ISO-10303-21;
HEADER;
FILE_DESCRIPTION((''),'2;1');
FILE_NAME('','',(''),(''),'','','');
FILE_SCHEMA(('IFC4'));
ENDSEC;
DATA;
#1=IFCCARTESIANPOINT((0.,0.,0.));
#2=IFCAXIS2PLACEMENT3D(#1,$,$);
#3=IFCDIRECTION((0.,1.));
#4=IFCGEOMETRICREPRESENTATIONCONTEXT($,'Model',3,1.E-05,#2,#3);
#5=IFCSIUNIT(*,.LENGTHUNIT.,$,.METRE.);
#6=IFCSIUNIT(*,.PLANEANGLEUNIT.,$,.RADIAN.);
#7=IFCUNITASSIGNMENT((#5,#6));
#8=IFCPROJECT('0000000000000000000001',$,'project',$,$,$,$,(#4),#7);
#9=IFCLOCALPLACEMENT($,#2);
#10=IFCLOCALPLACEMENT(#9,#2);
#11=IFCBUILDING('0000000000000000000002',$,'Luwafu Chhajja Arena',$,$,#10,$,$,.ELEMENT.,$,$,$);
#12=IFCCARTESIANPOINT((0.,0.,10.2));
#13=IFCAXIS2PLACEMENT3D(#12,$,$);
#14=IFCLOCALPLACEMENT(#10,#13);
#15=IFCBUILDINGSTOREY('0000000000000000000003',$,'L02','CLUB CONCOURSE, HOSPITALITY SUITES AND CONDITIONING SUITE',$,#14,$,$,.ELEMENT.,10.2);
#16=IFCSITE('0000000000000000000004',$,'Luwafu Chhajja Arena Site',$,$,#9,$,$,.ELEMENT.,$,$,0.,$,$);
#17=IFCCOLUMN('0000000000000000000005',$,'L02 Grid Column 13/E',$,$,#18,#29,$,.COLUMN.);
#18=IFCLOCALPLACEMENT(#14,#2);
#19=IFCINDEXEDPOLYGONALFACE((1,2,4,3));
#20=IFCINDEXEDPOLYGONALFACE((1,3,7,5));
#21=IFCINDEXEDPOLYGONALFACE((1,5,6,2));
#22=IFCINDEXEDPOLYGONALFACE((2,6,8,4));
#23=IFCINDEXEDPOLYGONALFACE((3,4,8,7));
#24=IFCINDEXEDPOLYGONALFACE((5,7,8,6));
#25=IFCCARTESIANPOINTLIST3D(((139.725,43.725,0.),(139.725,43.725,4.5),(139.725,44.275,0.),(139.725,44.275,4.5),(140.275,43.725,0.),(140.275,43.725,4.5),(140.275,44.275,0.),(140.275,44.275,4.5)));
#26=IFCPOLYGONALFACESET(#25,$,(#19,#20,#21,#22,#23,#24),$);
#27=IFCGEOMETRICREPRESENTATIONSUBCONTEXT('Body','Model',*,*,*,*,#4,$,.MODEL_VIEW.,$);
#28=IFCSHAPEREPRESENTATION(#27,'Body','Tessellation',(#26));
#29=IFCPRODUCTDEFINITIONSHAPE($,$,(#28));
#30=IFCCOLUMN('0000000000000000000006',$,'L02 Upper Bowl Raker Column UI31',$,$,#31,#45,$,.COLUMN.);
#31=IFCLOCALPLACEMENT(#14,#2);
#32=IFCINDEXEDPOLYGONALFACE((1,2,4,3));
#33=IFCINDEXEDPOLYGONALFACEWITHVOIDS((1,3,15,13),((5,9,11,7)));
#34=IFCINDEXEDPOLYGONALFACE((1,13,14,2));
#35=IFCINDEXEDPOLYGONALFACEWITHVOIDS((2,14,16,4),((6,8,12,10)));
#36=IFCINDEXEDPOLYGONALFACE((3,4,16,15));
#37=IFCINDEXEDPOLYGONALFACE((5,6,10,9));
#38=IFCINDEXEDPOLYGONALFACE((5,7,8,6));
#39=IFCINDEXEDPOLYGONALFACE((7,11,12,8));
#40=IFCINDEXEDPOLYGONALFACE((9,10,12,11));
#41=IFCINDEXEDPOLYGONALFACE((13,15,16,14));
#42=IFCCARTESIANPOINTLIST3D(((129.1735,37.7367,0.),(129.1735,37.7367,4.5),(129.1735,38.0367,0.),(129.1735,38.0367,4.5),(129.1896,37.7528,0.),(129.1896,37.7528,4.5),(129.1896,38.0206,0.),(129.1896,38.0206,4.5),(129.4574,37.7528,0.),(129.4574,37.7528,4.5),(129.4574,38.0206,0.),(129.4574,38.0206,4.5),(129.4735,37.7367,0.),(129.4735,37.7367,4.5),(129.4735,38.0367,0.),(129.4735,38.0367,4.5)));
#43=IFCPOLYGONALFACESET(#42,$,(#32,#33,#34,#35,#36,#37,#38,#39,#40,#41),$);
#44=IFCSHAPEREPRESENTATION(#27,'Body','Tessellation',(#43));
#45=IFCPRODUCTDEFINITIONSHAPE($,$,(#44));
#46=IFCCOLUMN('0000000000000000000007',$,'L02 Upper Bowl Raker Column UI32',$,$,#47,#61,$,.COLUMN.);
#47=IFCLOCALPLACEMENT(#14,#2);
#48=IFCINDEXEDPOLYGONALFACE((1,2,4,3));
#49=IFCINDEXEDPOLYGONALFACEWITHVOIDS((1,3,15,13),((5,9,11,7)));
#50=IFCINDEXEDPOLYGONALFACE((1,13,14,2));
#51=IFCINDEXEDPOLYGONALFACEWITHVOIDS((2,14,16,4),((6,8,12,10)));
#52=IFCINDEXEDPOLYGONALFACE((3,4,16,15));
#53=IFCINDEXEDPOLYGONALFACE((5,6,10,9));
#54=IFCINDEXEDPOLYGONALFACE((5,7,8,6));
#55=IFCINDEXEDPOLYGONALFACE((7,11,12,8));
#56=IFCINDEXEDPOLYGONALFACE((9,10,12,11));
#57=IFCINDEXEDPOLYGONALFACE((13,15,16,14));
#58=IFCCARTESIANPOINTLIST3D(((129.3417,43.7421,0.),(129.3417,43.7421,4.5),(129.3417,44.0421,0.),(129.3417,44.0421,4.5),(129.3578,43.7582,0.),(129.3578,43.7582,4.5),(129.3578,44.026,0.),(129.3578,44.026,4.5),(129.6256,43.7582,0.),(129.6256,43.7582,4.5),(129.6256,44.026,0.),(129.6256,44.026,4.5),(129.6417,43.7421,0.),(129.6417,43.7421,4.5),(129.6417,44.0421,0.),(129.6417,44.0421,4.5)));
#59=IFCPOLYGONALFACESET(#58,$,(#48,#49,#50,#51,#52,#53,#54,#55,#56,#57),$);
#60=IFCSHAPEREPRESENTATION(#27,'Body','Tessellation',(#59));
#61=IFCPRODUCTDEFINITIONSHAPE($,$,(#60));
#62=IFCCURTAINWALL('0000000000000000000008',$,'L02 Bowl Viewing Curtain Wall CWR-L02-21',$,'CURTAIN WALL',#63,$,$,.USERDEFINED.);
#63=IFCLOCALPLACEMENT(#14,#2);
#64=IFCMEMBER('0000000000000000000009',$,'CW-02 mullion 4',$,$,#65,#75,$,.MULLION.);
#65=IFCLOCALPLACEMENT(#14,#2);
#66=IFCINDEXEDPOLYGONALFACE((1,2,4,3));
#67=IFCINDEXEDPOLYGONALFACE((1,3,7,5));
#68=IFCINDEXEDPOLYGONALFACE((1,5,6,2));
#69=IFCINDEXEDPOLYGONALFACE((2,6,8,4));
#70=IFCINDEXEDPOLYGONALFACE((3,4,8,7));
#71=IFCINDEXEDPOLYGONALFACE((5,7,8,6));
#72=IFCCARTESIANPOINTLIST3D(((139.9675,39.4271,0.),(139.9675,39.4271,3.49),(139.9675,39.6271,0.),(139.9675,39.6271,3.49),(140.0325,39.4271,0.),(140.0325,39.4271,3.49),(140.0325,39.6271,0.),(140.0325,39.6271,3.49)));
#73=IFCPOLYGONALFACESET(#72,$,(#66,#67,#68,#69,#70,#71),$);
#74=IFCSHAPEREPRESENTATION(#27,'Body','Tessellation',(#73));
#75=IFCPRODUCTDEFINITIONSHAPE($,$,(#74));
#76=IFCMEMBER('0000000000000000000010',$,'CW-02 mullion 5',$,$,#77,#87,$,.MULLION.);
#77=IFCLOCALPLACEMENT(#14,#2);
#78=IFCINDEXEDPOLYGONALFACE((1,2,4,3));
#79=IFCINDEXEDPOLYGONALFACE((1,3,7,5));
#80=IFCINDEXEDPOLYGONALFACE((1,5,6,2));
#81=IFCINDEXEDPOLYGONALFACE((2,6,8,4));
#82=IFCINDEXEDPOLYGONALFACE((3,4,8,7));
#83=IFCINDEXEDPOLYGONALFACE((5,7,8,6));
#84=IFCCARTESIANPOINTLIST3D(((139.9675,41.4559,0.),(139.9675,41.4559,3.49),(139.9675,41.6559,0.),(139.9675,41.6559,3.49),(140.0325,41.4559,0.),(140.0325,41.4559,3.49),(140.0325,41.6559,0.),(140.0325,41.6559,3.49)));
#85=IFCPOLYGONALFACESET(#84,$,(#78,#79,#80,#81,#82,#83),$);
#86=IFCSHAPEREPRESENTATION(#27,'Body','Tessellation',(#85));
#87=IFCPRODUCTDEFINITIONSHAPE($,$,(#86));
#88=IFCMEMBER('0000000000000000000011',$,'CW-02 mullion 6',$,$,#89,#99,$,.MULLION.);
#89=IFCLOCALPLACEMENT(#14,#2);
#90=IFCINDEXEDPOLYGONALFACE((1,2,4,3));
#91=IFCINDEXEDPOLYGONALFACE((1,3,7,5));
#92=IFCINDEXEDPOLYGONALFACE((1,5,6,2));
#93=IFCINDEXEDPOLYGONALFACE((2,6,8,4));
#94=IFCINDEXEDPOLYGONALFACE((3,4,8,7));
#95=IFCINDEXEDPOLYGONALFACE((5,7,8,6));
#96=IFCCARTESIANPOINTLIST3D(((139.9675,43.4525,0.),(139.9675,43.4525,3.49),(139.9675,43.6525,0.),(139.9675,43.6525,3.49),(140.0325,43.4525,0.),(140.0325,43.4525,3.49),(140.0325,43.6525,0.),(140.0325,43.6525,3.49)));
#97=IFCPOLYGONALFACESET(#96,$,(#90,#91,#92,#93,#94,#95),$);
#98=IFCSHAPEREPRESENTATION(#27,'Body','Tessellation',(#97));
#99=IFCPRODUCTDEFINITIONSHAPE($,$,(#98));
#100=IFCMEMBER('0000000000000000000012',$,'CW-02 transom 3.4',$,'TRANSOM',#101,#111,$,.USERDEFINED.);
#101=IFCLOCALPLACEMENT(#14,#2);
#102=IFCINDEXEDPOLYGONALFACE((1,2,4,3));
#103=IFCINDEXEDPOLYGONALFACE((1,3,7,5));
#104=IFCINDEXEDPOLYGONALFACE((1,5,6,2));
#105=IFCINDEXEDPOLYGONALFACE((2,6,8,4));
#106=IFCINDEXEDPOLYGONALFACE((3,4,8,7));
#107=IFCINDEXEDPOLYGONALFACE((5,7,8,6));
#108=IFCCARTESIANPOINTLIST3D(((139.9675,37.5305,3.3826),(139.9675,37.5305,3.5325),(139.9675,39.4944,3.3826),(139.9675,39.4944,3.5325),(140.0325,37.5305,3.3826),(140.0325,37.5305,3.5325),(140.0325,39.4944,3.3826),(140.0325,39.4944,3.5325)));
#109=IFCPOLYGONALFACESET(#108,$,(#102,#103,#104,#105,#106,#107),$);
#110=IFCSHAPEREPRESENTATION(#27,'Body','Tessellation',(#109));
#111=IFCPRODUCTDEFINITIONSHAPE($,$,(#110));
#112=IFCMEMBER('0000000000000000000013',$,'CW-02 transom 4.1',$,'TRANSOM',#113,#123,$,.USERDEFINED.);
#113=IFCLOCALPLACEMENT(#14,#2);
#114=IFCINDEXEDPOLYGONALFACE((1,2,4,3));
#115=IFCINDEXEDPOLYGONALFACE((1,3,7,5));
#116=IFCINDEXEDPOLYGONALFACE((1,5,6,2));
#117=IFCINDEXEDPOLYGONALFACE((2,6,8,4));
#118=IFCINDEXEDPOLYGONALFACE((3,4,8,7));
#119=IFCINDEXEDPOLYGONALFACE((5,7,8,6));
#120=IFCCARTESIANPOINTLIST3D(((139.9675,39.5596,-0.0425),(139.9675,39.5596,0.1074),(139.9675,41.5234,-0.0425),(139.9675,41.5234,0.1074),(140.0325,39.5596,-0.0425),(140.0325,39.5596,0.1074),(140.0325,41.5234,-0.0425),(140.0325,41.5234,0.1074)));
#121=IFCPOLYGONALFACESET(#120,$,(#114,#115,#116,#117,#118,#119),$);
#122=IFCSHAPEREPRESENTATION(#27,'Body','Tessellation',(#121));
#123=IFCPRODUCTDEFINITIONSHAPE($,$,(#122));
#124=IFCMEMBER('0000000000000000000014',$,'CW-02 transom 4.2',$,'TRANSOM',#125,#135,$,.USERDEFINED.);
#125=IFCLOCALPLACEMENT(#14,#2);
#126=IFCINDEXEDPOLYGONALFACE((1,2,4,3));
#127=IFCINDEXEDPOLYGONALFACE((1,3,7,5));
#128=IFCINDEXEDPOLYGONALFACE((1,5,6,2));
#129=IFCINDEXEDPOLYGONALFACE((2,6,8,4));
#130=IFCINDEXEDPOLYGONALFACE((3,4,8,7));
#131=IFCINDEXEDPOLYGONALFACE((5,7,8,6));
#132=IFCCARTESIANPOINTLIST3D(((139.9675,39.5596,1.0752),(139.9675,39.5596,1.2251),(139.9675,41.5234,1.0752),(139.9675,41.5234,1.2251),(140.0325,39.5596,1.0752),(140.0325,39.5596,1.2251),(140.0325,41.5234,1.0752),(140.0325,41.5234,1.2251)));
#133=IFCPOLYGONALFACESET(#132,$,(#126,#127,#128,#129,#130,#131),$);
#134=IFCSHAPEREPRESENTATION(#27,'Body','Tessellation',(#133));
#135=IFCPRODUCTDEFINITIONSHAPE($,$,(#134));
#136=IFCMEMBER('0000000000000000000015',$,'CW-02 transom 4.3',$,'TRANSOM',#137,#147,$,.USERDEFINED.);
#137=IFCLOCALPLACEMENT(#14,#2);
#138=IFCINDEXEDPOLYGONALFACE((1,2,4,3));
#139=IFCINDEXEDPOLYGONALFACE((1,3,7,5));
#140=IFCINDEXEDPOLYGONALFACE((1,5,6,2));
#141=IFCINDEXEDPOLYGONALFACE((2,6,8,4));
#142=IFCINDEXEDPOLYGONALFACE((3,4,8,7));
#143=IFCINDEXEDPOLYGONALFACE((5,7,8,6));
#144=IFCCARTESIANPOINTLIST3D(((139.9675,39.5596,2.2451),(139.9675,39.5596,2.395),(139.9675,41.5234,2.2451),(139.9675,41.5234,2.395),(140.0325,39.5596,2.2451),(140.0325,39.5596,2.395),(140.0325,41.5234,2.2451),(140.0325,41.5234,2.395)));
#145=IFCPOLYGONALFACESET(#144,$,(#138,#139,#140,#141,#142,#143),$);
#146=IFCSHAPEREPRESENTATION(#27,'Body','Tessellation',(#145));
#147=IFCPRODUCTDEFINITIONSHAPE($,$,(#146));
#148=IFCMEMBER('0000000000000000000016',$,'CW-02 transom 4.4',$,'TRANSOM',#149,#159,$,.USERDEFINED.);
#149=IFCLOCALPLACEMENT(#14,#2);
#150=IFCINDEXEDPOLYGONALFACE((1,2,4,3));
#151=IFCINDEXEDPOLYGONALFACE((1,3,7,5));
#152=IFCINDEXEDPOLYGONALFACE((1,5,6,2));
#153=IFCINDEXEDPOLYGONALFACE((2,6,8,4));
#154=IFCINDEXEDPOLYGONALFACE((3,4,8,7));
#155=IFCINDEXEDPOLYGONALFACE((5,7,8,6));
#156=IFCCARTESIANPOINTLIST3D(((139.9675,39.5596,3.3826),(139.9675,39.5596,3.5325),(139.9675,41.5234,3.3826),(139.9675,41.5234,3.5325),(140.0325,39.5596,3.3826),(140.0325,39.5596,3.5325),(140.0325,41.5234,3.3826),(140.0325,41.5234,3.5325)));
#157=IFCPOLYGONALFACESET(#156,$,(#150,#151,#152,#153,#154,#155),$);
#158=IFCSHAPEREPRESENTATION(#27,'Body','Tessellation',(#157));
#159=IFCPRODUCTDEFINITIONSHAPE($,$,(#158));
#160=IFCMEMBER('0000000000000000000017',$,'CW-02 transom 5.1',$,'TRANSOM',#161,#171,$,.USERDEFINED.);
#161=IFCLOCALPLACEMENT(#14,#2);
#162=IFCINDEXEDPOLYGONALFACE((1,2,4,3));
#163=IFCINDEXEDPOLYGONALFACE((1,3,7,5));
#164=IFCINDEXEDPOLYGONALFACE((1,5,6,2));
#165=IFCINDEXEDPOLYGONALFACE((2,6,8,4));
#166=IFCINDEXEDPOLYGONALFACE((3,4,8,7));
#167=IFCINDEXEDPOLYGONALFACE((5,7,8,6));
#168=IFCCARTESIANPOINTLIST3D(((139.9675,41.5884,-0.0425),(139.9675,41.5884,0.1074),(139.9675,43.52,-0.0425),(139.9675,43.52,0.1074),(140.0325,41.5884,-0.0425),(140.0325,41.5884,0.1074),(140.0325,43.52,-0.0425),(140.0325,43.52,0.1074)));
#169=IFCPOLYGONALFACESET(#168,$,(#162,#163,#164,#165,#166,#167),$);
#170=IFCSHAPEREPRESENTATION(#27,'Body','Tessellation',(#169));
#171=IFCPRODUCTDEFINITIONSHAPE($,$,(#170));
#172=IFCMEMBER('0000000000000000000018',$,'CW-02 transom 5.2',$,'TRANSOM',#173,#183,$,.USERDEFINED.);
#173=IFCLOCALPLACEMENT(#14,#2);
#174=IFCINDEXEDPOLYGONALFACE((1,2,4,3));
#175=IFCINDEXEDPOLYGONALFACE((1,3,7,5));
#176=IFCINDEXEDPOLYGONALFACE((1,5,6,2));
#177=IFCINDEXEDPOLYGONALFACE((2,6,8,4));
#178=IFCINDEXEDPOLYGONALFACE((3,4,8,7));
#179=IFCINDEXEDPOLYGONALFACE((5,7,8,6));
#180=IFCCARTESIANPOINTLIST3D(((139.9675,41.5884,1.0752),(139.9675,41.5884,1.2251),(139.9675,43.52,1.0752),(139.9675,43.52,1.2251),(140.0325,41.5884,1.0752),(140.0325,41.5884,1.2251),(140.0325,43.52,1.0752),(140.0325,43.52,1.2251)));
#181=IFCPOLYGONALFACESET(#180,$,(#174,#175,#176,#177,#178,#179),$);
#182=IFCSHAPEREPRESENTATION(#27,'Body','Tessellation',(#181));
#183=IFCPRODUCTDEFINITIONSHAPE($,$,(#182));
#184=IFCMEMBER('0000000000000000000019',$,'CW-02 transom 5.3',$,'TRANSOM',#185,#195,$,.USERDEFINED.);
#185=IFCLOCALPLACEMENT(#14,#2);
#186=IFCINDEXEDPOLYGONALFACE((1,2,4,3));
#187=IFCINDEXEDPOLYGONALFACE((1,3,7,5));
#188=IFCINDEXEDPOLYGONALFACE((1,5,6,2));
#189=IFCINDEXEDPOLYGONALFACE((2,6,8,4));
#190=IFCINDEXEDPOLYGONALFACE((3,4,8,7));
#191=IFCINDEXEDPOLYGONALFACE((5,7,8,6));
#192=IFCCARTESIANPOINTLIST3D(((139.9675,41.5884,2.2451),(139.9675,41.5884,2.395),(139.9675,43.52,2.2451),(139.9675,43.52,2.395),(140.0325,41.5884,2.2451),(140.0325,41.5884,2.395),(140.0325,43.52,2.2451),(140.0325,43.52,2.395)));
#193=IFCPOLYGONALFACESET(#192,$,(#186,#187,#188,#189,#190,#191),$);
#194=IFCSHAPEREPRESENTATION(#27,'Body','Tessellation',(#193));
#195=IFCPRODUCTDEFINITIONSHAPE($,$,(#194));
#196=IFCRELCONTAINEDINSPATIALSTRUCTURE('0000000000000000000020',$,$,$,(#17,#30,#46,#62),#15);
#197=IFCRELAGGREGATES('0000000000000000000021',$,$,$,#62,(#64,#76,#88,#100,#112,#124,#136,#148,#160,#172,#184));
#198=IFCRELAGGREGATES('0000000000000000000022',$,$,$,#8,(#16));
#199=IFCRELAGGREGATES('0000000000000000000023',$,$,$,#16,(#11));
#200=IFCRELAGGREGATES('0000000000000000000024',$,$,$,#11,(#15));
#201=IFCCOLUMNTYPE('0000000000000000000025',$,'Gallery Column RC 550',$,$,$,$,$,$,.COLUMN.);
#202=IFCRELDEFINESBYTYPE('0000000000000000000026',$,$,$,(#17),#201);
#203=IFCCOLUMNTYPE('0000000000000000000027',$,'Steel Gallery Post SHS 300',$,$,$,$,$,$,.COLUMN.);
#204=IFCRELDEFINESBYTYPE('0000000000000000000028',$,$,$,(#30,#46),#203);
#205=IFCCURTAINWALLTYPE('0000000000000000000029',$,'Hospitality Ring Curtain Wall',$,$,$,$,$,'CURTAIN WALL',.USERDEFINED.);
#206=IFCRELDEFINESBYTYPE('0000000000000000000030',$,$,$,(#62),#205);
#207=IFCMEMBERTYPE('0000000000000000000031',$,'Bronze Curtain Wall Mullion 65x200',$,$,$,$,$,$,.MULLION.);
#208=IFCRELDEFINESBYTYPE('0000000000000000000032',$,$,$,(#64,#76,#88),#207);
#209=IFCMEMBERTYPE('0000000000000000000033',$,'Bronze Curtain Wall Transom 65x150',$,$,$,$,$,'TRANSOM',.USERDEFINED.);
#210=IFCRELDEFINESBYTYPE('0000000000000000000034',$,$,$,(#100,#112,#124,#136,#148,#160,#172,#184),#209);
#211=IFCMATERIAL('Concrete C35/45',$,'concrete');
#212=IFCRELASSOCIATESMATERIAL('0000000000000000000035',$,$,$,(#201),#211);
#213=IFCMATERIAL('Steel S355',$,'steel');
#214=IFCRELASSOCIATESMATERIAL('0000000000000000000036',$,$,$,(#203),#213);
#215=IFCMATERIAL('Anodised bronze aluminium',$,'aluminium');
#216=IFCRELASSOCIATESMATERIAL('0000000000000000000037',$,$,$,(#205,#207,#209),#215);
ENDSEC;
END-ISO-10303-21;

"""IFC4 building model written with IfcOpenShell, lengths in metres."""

from ifc_helpers import new_model, si_unit, direction, frame, origin, origin_2d, place, context, subcontext, project, spatial, rectangle, hollow_rectangle, extrude, material, material_profile, profile_set, type_object, element, aggregate, save


model = new_model("IFC4")

# Units and contexts
model_context = context("Model", 3, precision=1e-05, world=origin(), true_north=direction((0.0, 1.0)))
body_context = subcontext(model_context, "Body", "Model", "MODEL_VIEW")
ifc_project = project(units=[si_unit("LENGTHUNIT", "METRE"), si_unit("PLANEANGLEUNIT", "RADIAN")], contexts=[model_context])

# Site, building, storey
site_placement = place(None, origin())
site = spatial("IfcSite", under=ifc_project, at=site_placement, Name="Luwafu Chhajja Arena Site", CompositionType="ELEMENT", RefElevation=0.0)
building_placement = place(site_placement, origin())
building = spatial("IfcBuilding", under=site, at=building_placement, Name="Luwafu Chhajja Arena", CompositionType="ELEMENT")
storey_placement = place(building_placement, frame((0.0, 0.0, 10.2)))
storey = spatial("IfcBuildingStorey", under=building, at=storey_placement, Name="L02", Description="CLUB CONCOURSE, HOSPITALITY SUITES AND CONDITIONING SUITE", CompositionType="ELEMENT", Elevation=10.2)

# Columns
ifc_material_1 = material(Name="Concrete C35/45", Category="concrete")
ifc_material_profile_1 = material_profile(ifc_material_1, rectangle(XDim=0.55, YDim=0.55, at=origin_2d()), Name="RC 550x550")
ifc_profile_set_1 = profile_set([ifc_material_profile_1], Name="Concrete C35/45")
column_type_1 = type_object("IfcColumnType", Name="Gallery Column RC 550", PredefinedType="COLUMN", material=ifc_profile_set_1)
column_placement = place(storey_placement, frame((140.0, 44.0, 0.0), z_axis=(0.0, 0.0, 1.0), x_axis=(1.0, 0.0, 0.0)))
element("IfcColumn", 1, at=column_placement, inside=storey, type_object=column_type_1, Name="L02 Grid Column 13/E", PredefinedType="COLUMN", context=body_context, shape_type="SweptSolid", body=[
    extrude(rectangle(XDim=0.55, YDim=0.55, at=origin_2d()), origin(), (0.0, 0.0, 1.0), 4.5),
])
ifc_material_2 = material(Name="Steel S355", Category="steel")
ifc_material_profile_2 = material_profile(ifc_material_2, hollow_rectangle(XDim=0.3, YDim=0.3, WallThickness=0.0161, at=origin_2d()), Name="SHS 300x300x16")
ifc_profile_set_2 = profile_set([ifc_material_profile_2], Name="Steel S355")
column_type_2 = type_object("IfcColumnType", Name="Steel Gallery Post SHS 300", PredefinedType="COLUMN", material=ifc_profile_set_2)
for number, where, z_axis, x_axis, name in (
    (2, (129.3235, 37.8867, 0.0), (0.0, 0.0, 1.0), (1.0, 0.0, 0.0), "L02 Upper Bowl Raker Column UI31"),
    (3, (129.4917, 43.8921, 0.0), (0.0, 0.0, 1.0), (1.0, 0.0, 0.0), "L02 Upper Bowl Raker Column UI32"),
):
    element("IfcColumn", number, at=place(storey_placement, frame(where, z_axis=z_axis, x_axis=x_axis)), inside=storey, type_object=column_type_2, Name=name, PredefinedType="COLUMN", context=body_context, shape_type="SweptSolid", body=[
        extrude(hollow_rectangle(XDim=0.3, YDim=0.3, WallThickness=0.0161, at=origin_2d()), origin(), (0.0, 0.0, 1.0), 4.5),
    ])

# Curtain wall, members
ifc_material_3 = material(Name="Anodised bronze aluminium", Category="aluminium")
curtain_wall_type = type_object("IfcCurtainWallType", Name="Hospitality Ring Curtain Wall", ElementType="CURTAIN WALL", PredefinedType="USERDEFINED", material=ifc_material_3)
curtain_wall_placement = place(storey_placement, origin())
curtain_wall = element("IfcCurtainWall", 4, at=curtain_wall_placement, inside=storey, type_object=curtain_wall_type, Name="L02 Bowl Viewing Curtain Wall CWR-L02-21", ObjectType="CURTAIN WALL", PredefinedType="USERDEFINED")
ifc_material_profile_3 = material_profile(ifc_material_3, rectangle(XDim=0.0649, YDim=0.2, at=origin_2d()), Name="CWM 65x200")
ifc_profile_set_3 = profile_set([ifc_material_profile_3], Name="Anodised bronze aluminium")
member_type_1 = type_object("IfcMemberType", Name="Bronze Curtain Wall Mullion 65x200", PredefinedType="MULLION", material=ifc_profile_set_3)
member_1_placement = place(storey_placement, frame((140.0, 39.5271, 0.0), z_axis=(0.0, 0.0, 1.0), x_axis=(-1.0, 0.0, 0.0)))
member_1 = element("IfcMember", 5, at=member_1_placement, type_object=member_type_1, Name="CW-02 mullion 4", PredefinedType="MULLION", context=body_context, shape_type="SweptSolid", body=[
    extrude(rectangle(XDim=0.0649, YDim=0.2, at=origin_2d()), origin(), (0.0, 0.0, 1.0), 3.49),
])
member_2_placement = place(storey_placement, frame((140.0, 41.5559, 0.0), z_axis=(0.0, 0.0, 1.0), x_axis=(-1.0, 0.0, 0.0)))
member_2 = element("IfcMember", 6, at=member_2_placement, type_object=member_type_1, Name="CW-02 mullion 5", PredefinedType="MULLION", context=body_context, shape_type="SweptSolid", body=[
    extrude(rectangle(XDim=0.0649, YDim=0.2, at=origin_2d()), origin(), (0.0, 0.0, 1.0), 3.49),
])
member_3_placement = place(storey_placement, frame((140.0, 43.5525, 0.0), z_axis=(0.0, 0.0, 1.0), x_axis=(-1.0, 0.0, 0.0)))
member_3 = element("IfcMember", 7, at=member_3_placement, type_object=member_type_1, Name="CW-02 mullion 6", PredefinedType="MULLION", context=body_context, shape_type="SweptSolid", body=[
    extrude(rectangle(XDim=0.0649, YDim=0.2, at=origin_2d()), origin(), (0.0, 0.0, 1.0), 3.49),
])
ifc_material_profile_4 = material_profile(ifc_material_3, rectangle(XDim=0.0649, YDim=0.1499, at=origin_2d()), Name="CWT 65x150")
ifc_profile_set_4 = profile_set([ifc_material_profile_4], Name="Anodised bronze aluminium")
member_type_2 = type_object("IfcMemberType", Name="Bronze Curtain Wall Transom 65x150", ElementType="TRANSOM", PredefinedType="USERDEFINED", material=ifc_profile_set_4)
member_4_placement = place(storey_placement, frame((140.0, 37.5305, 3.4575), z_axis=(0.0, 1.0, 0.0), x_axis=(-1.0, 0.0, 0.0)))
member_4 = element("IfcMember", 8, at=member_4_placement, type_object=member_type_2, Name="CW-02 transom 3.4", ObjectType="TRANSOM", PredefinedType="USERDEFINED", context=body_context, shape_type="SweptSolid", body=[
    extrude(rectangle(XDim=0.0649, YDim=0.1499, at=origin_2d()), origin(), (0.0, 0.0, 1.0), 1.9639),
])
member_5_placement = place(storey_placement, frame((140.0, 39.5596, 0.0325), z_axis=(0.0, 1.0, 0.0), x_axis=(-1.0, 0.0, 0.0)))
member_5 = element("IfcMember", 9, at=member_5_placement, type_object=member_type_2, Name="CW-02 transom 4.1", ObjectType="TRANSOM", PredefinedType="USERDEFINED", context=body_context, shape_type="SweptSolid", body=[
    extrude(rectangle(XDim=0.0649, YDim=0.1499, at=origin_2d()), origin(), (0.0, 0.0, 1.0), 1.9639),
])
member_6_placement = place(storey_placement, frame((140.0, 39.5596, 1.1501), z_axis=(0.0, 1.0, 0.0), x_axis=(-1.0, 0.0, 0.0)))
member_6 = element("IfcMember", 10, at=member_6_placement, type_object=member_type_2, Name="CW-02 transom 4.2", ObjectType="TRANSOM", PredefinedType="USERDEFINED", context=body_context, shape_type="SweptSolid", body=[
    extrude(rectangle(XDim=0.0649, YDim=0.1499, at=origin_2d()), origin(), (0.0, 0.0, 1.0), 1.9639),
])
member_7_placement = place(storey_placement, frame((140.0, 39.5596, 2.3201), z_axis=(0.0, 1.0, 0.0), x_axis=(-1.0, 0.0, 0.0)))
member_7 = element("IfcMember", 11, at=member_7_placement, type_object=member_type_2, Name="CW-02 transom 4.3", ObjectType="TRANSOM", PredefinedType="USERDEFINED", context=body_context, shape_type="SweptSolid", body=[
    extrude(rectangle(XDim=0.0649, YDim=0.1499, at=origin_2d()), origin(), (0.0, 0.0, 1.0), 1.9639),
])
member_8_placement = place(storey_placement, frame((140.0, 39.5596, 3.4575), z_axis=(0.0, 1.0, 0.0), x_axis=(-1.0, 0.0, 0.0)))
member_8 = element("IfcMember", 12, at=member_8_placement, type_object=member_type_2, Name="CW-02 transom 4.4", ObjectType="TRANSOM", PredefinedType="USERDEFINED", context=body_context, shape_type="SweptSolid", body=[
    extrude(rectangle(XDim=0.0649, YDim=0.1499, at=origin_2d()), origin(), (0.0, 0.0, 1.0), 1.9639),
])
member_9_placement = place(storey_placement, frame((140.0, 41.5884, 0.0325), z_axis=(0.0, 1.0, 0.0), x_axis=(-1.0, 0.0, 0.0)))
member_9 = element("IfcMember", 13, at=member_9_placement, type_object=member_type_2, Name="CW-02 transom 5.1", ObjectType="TRANSOM", PredefinedType="USERDEFINED", context=body_context, shape_type="SweptSolid", body=[
    extrude(rectangle(XDim=0.0649, YDim=0.1499, at=origin_2d()), origin(), (0.0, 0.0, 1.0), 1.9316),
])
member_10_placement = place(storey_placement, frame((140.0, 41.5884, 1.1501), z_axis=(0.0, 1.0, 0.0), x_axis=(-1.0, 0.0, 0.0)))
member_10 = element("IfcMember", 14, at=member_10_placement, type_object=member_type_2, Name="CW-02 transom 5.2", ObjectType="TRANSOM", PredefinedType="USERDEFINED", context=body_context, shape_type="SweptSolid", body=[
    extrude(rectangle(XDim=0.0649, YDim=0.1499, at=origin_2d()), origin(), (0.0, 0.0, 1.0), 1.9316),
])
member_11_placement = place(storey_placement, frame((140.0, 41.5884, 2.3201), z_axis=(0.0, 1.0, 0.0), x_axis=(-1.0, 0.0, 0.0)))
member_11 = element("IfcMember", 15, at=member_11_placement, type_object=member_type_2, Name="CW-02 transom 5.3", ObjectType="TRANSOM", PredefinedType="USERDEFINED", context=body_context, shape_type="SweptSolid", body=[
    extrude(rectangle(XDim=0.0649, YDim=0.1499, at=origin_2d()), origin(), (0.0, 0.0, 1.0), 1.9316),
])

aggregate(curtain_wall, [member_1, member_2, member_3, member_4, member_5, member_6, member_7, member_8, member_9, member_10, member_11])

save(model, "model.ifc")
